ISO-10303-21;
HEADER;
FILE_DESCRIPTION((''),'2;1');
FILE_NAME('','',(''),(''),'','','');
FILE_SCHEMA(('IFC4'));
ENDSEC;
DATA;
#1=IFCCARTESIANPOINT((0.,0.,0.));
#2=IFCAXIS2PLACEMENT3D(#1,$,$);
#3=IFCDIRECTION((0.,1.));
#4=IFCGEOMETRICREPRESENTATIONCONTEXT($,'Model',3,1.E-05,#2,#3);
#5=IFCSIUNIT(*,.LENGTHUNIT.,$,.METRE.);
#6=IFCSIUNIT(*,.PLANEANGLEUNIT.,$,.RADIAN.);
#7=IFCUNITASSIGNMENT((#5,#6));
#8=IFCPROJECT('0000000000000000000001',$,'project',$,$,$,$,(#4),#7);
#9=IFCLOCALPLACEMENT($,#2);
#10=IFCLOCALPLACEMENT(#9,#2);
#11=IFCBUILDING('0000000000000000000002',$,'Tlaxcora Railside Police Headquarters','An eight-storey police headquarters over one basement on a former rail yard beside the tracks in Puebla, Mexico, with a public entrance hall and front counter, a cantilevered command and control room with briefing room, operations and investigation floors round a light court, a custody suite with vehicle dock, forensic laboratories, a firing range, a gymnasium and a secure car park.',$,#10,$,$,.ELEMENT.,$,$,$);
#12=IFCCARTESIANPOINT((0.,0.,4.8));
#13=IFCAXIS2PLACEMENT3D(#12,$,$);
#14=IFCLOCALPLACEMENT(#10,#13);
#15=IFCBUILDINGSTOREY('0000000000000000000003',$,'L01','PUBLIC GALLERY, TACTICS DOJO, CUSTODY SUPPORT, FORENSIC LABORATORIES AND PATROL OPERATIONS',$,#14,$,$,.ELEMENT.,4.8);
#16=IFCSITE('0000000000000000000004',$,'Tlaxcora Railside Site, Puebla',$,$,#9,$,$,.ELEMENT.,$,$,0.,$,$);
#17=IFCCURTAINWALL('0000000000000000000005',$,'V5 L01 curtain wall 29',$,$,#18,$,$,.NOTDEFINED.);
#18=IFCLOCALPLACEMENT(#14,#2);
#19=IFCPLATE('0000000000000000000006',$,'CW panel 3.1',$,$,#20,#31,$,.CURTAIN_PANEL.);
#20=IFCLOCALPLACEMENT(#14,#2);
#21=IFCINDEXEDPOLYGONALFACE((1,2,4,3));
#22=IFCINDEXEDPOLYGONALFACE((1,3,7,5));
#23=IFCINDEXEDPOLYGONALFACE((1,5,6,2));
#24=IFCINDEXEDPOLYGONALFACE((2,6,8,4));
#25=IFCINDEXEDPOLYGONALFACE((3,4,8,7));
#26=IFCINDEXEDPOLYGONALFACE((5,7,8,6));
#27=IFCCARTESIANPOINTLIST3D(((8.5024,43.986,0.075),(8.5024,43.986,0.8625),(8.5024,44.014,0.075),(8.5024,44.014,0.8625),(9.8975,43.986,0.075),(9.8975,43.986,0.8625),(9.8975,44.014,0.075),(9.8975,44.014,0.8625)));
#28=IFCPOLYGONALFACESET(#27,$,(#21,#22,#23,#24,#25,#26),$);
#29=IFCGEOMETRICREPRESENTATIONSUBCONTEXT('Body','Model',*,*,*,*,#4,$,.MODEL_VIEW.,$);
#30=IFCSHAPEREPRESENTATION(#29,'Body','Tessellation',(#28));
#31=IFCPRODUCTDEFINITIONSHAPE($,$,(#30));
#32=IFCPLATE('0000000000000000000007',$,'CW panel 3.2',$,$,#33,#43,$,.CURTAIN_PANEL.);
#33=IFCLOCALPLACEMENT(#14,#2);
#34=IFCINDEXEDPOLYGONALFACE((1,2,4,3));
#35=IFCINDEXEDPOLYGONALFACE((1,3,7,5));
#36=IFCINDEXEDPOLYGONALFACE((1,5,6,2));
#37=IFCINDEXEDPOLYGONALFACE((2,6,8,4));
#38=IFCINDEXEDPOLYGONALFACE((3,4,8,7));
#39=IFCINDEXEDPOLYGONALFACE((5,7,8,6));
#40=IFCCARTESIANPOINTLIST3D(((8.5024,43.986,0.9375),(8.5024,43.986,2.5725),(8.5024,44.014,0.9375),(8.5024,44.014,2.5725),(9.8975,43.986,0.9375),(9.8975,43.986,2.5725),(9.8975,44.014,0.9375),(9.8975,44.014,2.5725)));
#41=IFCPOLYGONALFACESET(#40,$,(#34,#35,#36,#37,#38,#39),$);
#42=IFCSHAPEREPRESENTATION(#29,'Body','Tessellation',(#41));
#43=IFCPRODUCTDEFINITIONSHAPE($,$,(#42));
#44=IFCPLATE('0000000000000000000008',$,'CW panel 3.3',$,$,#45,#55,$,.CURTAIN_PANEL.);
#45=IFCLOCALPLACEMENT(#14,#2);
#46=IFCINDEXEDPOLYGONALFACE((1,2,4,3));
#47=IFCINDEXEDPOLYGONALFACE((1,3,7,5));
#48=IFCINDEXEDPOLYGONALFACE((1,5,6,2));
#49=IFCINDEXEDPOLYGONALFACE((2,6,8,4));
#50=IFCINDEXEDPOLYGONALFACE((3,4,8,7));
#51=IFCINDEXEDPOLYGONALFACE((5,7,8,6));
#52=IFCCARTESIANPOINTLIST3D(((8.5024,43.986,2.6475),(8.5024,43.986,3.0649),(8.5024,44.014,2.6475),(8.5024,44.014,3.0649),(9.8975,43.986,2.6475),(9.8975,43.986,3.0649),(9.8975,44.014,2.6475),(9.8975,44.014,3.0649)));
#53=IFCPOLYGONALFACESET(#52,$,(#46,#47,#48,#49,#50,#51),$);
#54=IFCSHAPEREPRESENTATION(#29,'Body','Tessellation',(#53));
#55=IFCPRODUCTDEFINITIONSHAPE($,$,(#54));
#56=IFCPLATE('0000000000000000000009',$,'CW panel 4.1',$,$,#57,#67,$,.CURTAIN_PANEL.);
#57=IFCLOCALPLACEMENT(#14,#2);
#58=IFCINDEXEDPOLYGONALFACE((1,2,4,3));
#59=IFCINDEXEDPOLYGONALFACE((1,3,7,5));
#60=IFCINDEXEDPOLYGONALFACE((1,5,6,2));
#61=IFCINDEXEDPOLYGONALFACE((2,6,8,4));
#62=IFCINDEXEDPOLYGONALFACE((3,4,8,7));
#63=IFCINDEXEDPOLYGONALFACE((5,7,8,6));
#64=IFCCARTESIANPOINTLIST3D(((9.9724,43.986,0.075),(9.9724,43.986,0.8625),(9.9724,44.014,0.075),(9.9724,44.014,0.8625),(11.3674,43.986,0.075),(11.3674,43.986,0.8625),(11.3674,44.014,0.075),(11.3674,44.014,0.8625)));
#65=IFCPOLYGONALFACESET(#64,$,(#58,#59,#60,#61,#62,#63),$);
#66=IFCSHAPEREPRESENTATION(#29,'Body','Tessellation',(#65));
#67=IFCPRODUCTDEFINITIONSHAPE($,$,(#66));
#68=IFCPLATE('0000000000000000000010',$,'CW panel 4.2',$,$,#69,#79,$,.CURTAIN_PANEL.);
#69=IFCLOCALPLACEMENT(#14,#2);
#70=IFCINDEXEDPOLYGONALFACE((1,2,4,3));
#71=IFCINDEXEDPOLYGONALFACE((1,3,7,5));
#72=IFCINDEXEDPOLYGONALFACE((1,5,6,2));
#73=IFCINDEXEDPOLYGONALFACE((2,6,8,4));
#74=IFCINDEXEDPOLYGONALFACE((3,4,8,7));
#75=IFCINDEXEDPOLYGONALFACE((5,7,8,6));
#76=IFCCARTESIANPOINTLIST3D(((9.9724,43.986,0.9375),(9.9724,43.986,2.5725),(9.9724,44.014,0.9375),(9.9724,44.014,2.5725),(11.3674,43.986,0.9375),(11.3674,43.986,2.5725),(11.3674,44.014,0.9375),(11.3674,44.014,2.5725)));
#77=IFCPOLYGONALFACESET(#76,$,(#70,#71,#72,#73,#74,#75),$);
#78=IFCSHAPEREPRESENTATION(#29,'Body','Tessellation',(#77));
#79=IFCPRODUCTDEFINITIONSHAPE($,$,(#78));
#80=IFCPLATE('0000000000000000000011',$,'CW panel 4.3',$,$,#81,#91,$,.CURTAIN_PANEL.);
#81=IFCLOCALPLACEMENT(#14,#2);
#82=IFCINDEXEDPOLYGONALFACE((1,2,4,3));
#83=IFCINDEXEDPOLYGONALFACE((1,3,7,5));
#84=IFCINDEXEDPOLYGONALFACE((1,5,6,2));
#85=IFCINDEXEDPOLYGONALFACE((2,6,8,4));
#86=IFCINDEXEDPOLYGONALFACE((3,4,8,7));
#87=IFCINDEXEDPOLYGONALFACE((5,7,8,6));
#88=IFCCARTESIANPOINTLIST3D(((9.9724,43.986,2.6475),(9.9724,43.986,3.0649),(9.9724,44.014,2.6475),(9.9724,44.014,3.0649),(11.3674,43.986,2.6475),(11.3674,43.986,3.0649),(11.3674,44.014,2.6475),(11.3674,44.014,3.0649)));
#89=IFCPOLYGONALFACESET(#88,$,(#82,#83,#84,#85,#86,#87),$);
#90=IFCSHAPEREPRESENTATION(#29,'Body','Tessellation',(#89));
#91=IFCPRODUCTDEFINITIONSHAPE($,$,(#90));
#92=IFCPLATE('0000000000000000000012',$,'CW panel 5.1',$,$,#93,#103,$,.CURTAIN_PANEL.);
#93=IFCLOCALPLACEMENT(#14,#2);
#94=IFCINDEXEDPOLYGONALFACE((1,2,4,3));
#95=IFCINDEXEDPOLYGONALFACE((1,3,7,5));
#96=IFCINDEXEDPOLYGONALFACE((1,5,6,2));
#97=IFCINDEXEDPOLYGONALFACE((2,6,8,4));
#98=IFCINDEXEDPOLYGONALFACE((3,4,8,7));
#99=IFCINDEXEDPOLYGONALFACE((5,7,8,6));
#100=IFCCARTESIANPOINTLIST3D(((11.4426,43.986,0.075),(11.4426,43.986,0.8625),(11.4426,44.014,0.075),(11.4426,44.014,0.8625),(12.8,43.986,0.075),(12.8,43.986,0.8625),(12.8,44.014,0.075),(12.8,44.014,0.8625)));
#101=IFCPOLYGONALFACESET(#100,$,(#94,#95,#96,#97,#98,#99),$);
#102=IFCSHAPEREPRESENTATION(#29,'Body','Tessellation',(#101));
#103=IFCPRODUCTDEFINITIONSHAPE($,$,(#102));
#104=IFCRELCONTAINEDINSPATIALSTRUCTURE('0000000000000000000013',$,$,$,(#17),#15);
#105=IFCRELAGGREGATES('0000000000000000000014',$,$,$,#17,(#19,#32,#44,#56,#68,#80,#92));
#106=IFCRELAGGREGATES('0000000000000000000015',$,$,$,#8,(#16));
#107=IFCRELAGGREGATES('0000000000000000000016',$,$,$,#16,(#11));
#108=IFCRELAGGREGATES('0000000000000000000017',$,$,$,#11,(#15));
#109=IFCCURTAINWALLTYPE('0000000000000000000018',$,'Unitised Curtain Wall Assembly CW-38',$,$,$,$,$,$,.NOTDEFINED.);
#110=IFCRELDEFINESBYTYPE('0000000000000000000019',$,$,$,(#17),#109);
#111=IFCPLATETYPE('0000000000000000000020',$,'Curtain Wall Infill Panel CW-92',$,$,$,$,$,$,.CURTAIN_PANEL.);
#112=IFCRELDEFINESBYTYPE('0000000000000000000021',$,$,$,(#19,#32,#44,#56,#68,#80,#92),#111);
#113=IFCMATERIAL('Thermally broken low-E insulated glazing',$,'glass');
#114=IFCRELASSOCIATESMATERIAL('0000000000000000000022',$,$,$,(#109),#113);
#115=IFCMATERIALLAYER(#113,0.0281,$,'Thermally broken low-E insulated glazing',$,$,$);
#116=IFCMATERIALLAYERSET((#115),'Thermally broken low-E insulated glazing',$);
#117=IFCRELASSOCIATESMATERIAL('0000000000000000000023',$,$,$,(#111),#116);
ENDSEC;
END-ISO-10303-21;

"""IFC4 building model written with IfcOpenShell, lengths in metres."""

from ifc_helpers import new_model, si_unit, direction, frame, origin, origin_2d, place, context, subcontext, project, spatial, rectangle, extrude, material, layer, layer_set, type_object, element, aggregate, save


model = new_model("IFC4")

# Units and contexts
model_context = context("Model", 3, precision=1e-05, world=origin(), true_north=direction((0.0, 1.0)))
body_context = subcontext(model_context, "Body", "Model", "MODEL_VIEW")
ifc_project = project(units=[si_unit("LENGTHUNIT", "METRE"), si_unit("PLANEANGLEUNIT", "RADIAN")], contexts=[model_context])

# Site, building, storey
site_placement = place(None, origin())
site = spatial("IfcSite", under=ifc_project, at=site_placement, Name="Tlaxcora Railside Site, Puebla", CompositionType="ELEMENT", RefElevation=0.0)
building_placement = place(site_placement, origin())
building = spatial("IfcBuilding", under=site, at=building_placement, Name="Tlaxcora Railside Police Headquarters", Description="An eight-storey police headquarters over one basement on a former rail yard beside the tracks in Puebla, Mexico, with a public entrance hall and front counter, a cantilevered command and control room with briefing room, operations and investigation floors round a light court, a custody suite with vehicle dock, forensic laboratories, a firing range, a gymnasium and a secure car park.", CompositionType="ELEMENT")
storey_placement = place(building_placement, frame((0.0, 0.0, 4.8)))
storey = spatial("IfcBuildingStorey", under=building, at=storey_placement, Name="L01", Description="PUBLIC GALLERY, TACTICS DOJO, CUSTODY SUPPORT, FORENSIC LABORATORIES AND PATROL OPERATIONS", CompositionType="ELEMENT", Elevation=4.8)

# Curtain wall, plates
ifc_material_1 = material(Name="Thermally broken low-E insulated glazing", Category="glass")
curtain_wall_type = type_object("IfcCurtainWallType", Name="Unitised Curtain Wall Assembly CW-38", PredefinedType="NOTDEFINED", material=ifc_material_1)
curtain_wall_placement = place(storey_placement, origin())
curtain_wall = element("IfcCurtainWall", 1, at=curtain_wall_placement, inside=storey, type_object=curtain_wall_type, Name="V5 L01 curtain wall 29", PredefinedType="NOTDEFINED")
ifc_layer = layer(ifc_material_1, 0.0281, Name="Thermally broken low-E insulated glazing")
ifc_layer_set = layer_set([ifc_layer], Name="Thermally broken low-E insulated glazing")
plate_type = type_object("IfcPlateType", Name="Curtain Wall Infill Panel CW-92", PredefinedType="CURTAIN_PANEL", material=ifc_layer_set)
plate_1_placement = place(storey_placement, frame((9.2, 44.0, 0.075), z_axis=(0.0, 0.0, 1.0), x_axis=(1.0, 0.0, 0.0)))
plate_1 = element("IfcPlate", 2, at=plate_1_placement, type_object=plate_type, Name="CW panel 3.1", PredefinedType="CURTAIN_PANEL", context=body_context, shape_type="SweptSolid", body=[
    extrude(rectangle(XDim=1.395, YDim=0.0281, at=origin_2d()), origin(), (0.0, 0.0, 1.0), 0.7876),
])
plate_2_placement = place(storey_placement, frame((9.2, 44.0, 0.9375), z_axis=(0.0, 0.0, 1.0), x_axis=(1.0, 0.0, 0.0)))
plate_2 = element("IfcPlate", 3, at=plate_2_placement, type_object=plate_type, Name="CW panel 3.2", PredefinedType="CURTAIN_PANEL", context=body_context, shape_type="SweptSolid", body=[
    extrude(rectangle(XDim=1.395, YDim=0.0281, at=origin_2d()), origin(), (0.0, 0.0, 1.0), 1.635),
])
plate_3_placement = place(storey_placement, frame((9.2, 44.0, 2.6475), z_axis=(0.0, 0.0, 1.0), x_axis=(1.0, 0.0, 0.0)))
plate_3 = element("IfcPlate", 4, at=plate_3_placement, type_object=plate_type, Name="CW panel 3.3", PredefinedType="CURTAIN_PANEL", context=body_context, shape_type="SweptSolid", body=[
    extrude(rectangle(XDim=1.395, YDim=0.0281, at=origin_2d()), origin(), (0.0, 0.0, 1.0), 0.4175),
])
plate_4_placement = place(storey_placement, frame((10.6699, 44.0, 0.075), z_axis=(0.0, 0.0, 1.0), x_axis=(1.0, 0.0, 0.0)))
plate_4 = element("IfcPlate", 5, at=plate_4_placement, type_object=plate_type, Name="CW panel 4.1", PredefinedType="CURTAIN_PANEL", context=body_context, shape_type="SweptSolid", body=[
    extrude(rectangle(XDim=1.395, YDim=0.0281, at=origin_2d()), origin(), (0.0, 0.0, 1.0), 0.7876),
])
plate_5_placement = place(storey_placement, frame((10.6699, 44.0, 0.9375), z_axis=(0.0, 0.0, 1.0), x_axis=(1.0, 0.0, 0.0)))
plate_5 = element("IfcPlate", 6, at=plate_5_placement, type_object=plate_type, Name="CW panel 4.2", PredefinedType="CURTAIN_PANEL", context=body_context, shape_type="SweptSolid", body=[
    extrude(rectangle(XDim=1.395, YDim=0.0281, at=origin_2d()), origin(), (0.0, 0.0, 1.0), 1.635),
])
plate_6_placement = place(storey_placement, frame((10.6699, 44.0, 2.6475), z_axis=(0.0, 0.0, 1.0), x_axis=(1.0, 0.0, 0.0)))
plate_6 = element("IfcPlate", 7, at=plate_6_placement, type_object=plate_type, Name="CW panel 4.3", PredefinedType="CURTAIN_PANEL", context=body_context, shape_type="SweptSolid", body=[
    extrude(rectangle(XDim=1.395, YDim=0.0281, at=origin_2d()), origin(), (0.0, 0.0, 1.0), 0.4175),
])
plate_7_placement = place(storey_placement, frame((12.1213, 44.0, 0.075), z_axis=(0.0, 0.0, 1.0), x_axis=(1.0, 0.0, 0.0)))
plate_7 = element("IfcPlate", 8, at=plate_7_placement, type_object=plate_type, Name="CW panel 5.1", PredefinedType="CURTAIN_PANEL", context=body_context, shape_type="SweptSolid", body=[
    extrude(rectangle(XDim=1.3574, YDim=0.0281, at=origin_2d()), origin(), (0.0, 0.0, 1.0), 0.7876),
])
aggregate(curtain_wall, [plate_1, plate_2, plate_3, plate_4, plate_5, plate_6, plate_7])

save(model, "model.ifc")
